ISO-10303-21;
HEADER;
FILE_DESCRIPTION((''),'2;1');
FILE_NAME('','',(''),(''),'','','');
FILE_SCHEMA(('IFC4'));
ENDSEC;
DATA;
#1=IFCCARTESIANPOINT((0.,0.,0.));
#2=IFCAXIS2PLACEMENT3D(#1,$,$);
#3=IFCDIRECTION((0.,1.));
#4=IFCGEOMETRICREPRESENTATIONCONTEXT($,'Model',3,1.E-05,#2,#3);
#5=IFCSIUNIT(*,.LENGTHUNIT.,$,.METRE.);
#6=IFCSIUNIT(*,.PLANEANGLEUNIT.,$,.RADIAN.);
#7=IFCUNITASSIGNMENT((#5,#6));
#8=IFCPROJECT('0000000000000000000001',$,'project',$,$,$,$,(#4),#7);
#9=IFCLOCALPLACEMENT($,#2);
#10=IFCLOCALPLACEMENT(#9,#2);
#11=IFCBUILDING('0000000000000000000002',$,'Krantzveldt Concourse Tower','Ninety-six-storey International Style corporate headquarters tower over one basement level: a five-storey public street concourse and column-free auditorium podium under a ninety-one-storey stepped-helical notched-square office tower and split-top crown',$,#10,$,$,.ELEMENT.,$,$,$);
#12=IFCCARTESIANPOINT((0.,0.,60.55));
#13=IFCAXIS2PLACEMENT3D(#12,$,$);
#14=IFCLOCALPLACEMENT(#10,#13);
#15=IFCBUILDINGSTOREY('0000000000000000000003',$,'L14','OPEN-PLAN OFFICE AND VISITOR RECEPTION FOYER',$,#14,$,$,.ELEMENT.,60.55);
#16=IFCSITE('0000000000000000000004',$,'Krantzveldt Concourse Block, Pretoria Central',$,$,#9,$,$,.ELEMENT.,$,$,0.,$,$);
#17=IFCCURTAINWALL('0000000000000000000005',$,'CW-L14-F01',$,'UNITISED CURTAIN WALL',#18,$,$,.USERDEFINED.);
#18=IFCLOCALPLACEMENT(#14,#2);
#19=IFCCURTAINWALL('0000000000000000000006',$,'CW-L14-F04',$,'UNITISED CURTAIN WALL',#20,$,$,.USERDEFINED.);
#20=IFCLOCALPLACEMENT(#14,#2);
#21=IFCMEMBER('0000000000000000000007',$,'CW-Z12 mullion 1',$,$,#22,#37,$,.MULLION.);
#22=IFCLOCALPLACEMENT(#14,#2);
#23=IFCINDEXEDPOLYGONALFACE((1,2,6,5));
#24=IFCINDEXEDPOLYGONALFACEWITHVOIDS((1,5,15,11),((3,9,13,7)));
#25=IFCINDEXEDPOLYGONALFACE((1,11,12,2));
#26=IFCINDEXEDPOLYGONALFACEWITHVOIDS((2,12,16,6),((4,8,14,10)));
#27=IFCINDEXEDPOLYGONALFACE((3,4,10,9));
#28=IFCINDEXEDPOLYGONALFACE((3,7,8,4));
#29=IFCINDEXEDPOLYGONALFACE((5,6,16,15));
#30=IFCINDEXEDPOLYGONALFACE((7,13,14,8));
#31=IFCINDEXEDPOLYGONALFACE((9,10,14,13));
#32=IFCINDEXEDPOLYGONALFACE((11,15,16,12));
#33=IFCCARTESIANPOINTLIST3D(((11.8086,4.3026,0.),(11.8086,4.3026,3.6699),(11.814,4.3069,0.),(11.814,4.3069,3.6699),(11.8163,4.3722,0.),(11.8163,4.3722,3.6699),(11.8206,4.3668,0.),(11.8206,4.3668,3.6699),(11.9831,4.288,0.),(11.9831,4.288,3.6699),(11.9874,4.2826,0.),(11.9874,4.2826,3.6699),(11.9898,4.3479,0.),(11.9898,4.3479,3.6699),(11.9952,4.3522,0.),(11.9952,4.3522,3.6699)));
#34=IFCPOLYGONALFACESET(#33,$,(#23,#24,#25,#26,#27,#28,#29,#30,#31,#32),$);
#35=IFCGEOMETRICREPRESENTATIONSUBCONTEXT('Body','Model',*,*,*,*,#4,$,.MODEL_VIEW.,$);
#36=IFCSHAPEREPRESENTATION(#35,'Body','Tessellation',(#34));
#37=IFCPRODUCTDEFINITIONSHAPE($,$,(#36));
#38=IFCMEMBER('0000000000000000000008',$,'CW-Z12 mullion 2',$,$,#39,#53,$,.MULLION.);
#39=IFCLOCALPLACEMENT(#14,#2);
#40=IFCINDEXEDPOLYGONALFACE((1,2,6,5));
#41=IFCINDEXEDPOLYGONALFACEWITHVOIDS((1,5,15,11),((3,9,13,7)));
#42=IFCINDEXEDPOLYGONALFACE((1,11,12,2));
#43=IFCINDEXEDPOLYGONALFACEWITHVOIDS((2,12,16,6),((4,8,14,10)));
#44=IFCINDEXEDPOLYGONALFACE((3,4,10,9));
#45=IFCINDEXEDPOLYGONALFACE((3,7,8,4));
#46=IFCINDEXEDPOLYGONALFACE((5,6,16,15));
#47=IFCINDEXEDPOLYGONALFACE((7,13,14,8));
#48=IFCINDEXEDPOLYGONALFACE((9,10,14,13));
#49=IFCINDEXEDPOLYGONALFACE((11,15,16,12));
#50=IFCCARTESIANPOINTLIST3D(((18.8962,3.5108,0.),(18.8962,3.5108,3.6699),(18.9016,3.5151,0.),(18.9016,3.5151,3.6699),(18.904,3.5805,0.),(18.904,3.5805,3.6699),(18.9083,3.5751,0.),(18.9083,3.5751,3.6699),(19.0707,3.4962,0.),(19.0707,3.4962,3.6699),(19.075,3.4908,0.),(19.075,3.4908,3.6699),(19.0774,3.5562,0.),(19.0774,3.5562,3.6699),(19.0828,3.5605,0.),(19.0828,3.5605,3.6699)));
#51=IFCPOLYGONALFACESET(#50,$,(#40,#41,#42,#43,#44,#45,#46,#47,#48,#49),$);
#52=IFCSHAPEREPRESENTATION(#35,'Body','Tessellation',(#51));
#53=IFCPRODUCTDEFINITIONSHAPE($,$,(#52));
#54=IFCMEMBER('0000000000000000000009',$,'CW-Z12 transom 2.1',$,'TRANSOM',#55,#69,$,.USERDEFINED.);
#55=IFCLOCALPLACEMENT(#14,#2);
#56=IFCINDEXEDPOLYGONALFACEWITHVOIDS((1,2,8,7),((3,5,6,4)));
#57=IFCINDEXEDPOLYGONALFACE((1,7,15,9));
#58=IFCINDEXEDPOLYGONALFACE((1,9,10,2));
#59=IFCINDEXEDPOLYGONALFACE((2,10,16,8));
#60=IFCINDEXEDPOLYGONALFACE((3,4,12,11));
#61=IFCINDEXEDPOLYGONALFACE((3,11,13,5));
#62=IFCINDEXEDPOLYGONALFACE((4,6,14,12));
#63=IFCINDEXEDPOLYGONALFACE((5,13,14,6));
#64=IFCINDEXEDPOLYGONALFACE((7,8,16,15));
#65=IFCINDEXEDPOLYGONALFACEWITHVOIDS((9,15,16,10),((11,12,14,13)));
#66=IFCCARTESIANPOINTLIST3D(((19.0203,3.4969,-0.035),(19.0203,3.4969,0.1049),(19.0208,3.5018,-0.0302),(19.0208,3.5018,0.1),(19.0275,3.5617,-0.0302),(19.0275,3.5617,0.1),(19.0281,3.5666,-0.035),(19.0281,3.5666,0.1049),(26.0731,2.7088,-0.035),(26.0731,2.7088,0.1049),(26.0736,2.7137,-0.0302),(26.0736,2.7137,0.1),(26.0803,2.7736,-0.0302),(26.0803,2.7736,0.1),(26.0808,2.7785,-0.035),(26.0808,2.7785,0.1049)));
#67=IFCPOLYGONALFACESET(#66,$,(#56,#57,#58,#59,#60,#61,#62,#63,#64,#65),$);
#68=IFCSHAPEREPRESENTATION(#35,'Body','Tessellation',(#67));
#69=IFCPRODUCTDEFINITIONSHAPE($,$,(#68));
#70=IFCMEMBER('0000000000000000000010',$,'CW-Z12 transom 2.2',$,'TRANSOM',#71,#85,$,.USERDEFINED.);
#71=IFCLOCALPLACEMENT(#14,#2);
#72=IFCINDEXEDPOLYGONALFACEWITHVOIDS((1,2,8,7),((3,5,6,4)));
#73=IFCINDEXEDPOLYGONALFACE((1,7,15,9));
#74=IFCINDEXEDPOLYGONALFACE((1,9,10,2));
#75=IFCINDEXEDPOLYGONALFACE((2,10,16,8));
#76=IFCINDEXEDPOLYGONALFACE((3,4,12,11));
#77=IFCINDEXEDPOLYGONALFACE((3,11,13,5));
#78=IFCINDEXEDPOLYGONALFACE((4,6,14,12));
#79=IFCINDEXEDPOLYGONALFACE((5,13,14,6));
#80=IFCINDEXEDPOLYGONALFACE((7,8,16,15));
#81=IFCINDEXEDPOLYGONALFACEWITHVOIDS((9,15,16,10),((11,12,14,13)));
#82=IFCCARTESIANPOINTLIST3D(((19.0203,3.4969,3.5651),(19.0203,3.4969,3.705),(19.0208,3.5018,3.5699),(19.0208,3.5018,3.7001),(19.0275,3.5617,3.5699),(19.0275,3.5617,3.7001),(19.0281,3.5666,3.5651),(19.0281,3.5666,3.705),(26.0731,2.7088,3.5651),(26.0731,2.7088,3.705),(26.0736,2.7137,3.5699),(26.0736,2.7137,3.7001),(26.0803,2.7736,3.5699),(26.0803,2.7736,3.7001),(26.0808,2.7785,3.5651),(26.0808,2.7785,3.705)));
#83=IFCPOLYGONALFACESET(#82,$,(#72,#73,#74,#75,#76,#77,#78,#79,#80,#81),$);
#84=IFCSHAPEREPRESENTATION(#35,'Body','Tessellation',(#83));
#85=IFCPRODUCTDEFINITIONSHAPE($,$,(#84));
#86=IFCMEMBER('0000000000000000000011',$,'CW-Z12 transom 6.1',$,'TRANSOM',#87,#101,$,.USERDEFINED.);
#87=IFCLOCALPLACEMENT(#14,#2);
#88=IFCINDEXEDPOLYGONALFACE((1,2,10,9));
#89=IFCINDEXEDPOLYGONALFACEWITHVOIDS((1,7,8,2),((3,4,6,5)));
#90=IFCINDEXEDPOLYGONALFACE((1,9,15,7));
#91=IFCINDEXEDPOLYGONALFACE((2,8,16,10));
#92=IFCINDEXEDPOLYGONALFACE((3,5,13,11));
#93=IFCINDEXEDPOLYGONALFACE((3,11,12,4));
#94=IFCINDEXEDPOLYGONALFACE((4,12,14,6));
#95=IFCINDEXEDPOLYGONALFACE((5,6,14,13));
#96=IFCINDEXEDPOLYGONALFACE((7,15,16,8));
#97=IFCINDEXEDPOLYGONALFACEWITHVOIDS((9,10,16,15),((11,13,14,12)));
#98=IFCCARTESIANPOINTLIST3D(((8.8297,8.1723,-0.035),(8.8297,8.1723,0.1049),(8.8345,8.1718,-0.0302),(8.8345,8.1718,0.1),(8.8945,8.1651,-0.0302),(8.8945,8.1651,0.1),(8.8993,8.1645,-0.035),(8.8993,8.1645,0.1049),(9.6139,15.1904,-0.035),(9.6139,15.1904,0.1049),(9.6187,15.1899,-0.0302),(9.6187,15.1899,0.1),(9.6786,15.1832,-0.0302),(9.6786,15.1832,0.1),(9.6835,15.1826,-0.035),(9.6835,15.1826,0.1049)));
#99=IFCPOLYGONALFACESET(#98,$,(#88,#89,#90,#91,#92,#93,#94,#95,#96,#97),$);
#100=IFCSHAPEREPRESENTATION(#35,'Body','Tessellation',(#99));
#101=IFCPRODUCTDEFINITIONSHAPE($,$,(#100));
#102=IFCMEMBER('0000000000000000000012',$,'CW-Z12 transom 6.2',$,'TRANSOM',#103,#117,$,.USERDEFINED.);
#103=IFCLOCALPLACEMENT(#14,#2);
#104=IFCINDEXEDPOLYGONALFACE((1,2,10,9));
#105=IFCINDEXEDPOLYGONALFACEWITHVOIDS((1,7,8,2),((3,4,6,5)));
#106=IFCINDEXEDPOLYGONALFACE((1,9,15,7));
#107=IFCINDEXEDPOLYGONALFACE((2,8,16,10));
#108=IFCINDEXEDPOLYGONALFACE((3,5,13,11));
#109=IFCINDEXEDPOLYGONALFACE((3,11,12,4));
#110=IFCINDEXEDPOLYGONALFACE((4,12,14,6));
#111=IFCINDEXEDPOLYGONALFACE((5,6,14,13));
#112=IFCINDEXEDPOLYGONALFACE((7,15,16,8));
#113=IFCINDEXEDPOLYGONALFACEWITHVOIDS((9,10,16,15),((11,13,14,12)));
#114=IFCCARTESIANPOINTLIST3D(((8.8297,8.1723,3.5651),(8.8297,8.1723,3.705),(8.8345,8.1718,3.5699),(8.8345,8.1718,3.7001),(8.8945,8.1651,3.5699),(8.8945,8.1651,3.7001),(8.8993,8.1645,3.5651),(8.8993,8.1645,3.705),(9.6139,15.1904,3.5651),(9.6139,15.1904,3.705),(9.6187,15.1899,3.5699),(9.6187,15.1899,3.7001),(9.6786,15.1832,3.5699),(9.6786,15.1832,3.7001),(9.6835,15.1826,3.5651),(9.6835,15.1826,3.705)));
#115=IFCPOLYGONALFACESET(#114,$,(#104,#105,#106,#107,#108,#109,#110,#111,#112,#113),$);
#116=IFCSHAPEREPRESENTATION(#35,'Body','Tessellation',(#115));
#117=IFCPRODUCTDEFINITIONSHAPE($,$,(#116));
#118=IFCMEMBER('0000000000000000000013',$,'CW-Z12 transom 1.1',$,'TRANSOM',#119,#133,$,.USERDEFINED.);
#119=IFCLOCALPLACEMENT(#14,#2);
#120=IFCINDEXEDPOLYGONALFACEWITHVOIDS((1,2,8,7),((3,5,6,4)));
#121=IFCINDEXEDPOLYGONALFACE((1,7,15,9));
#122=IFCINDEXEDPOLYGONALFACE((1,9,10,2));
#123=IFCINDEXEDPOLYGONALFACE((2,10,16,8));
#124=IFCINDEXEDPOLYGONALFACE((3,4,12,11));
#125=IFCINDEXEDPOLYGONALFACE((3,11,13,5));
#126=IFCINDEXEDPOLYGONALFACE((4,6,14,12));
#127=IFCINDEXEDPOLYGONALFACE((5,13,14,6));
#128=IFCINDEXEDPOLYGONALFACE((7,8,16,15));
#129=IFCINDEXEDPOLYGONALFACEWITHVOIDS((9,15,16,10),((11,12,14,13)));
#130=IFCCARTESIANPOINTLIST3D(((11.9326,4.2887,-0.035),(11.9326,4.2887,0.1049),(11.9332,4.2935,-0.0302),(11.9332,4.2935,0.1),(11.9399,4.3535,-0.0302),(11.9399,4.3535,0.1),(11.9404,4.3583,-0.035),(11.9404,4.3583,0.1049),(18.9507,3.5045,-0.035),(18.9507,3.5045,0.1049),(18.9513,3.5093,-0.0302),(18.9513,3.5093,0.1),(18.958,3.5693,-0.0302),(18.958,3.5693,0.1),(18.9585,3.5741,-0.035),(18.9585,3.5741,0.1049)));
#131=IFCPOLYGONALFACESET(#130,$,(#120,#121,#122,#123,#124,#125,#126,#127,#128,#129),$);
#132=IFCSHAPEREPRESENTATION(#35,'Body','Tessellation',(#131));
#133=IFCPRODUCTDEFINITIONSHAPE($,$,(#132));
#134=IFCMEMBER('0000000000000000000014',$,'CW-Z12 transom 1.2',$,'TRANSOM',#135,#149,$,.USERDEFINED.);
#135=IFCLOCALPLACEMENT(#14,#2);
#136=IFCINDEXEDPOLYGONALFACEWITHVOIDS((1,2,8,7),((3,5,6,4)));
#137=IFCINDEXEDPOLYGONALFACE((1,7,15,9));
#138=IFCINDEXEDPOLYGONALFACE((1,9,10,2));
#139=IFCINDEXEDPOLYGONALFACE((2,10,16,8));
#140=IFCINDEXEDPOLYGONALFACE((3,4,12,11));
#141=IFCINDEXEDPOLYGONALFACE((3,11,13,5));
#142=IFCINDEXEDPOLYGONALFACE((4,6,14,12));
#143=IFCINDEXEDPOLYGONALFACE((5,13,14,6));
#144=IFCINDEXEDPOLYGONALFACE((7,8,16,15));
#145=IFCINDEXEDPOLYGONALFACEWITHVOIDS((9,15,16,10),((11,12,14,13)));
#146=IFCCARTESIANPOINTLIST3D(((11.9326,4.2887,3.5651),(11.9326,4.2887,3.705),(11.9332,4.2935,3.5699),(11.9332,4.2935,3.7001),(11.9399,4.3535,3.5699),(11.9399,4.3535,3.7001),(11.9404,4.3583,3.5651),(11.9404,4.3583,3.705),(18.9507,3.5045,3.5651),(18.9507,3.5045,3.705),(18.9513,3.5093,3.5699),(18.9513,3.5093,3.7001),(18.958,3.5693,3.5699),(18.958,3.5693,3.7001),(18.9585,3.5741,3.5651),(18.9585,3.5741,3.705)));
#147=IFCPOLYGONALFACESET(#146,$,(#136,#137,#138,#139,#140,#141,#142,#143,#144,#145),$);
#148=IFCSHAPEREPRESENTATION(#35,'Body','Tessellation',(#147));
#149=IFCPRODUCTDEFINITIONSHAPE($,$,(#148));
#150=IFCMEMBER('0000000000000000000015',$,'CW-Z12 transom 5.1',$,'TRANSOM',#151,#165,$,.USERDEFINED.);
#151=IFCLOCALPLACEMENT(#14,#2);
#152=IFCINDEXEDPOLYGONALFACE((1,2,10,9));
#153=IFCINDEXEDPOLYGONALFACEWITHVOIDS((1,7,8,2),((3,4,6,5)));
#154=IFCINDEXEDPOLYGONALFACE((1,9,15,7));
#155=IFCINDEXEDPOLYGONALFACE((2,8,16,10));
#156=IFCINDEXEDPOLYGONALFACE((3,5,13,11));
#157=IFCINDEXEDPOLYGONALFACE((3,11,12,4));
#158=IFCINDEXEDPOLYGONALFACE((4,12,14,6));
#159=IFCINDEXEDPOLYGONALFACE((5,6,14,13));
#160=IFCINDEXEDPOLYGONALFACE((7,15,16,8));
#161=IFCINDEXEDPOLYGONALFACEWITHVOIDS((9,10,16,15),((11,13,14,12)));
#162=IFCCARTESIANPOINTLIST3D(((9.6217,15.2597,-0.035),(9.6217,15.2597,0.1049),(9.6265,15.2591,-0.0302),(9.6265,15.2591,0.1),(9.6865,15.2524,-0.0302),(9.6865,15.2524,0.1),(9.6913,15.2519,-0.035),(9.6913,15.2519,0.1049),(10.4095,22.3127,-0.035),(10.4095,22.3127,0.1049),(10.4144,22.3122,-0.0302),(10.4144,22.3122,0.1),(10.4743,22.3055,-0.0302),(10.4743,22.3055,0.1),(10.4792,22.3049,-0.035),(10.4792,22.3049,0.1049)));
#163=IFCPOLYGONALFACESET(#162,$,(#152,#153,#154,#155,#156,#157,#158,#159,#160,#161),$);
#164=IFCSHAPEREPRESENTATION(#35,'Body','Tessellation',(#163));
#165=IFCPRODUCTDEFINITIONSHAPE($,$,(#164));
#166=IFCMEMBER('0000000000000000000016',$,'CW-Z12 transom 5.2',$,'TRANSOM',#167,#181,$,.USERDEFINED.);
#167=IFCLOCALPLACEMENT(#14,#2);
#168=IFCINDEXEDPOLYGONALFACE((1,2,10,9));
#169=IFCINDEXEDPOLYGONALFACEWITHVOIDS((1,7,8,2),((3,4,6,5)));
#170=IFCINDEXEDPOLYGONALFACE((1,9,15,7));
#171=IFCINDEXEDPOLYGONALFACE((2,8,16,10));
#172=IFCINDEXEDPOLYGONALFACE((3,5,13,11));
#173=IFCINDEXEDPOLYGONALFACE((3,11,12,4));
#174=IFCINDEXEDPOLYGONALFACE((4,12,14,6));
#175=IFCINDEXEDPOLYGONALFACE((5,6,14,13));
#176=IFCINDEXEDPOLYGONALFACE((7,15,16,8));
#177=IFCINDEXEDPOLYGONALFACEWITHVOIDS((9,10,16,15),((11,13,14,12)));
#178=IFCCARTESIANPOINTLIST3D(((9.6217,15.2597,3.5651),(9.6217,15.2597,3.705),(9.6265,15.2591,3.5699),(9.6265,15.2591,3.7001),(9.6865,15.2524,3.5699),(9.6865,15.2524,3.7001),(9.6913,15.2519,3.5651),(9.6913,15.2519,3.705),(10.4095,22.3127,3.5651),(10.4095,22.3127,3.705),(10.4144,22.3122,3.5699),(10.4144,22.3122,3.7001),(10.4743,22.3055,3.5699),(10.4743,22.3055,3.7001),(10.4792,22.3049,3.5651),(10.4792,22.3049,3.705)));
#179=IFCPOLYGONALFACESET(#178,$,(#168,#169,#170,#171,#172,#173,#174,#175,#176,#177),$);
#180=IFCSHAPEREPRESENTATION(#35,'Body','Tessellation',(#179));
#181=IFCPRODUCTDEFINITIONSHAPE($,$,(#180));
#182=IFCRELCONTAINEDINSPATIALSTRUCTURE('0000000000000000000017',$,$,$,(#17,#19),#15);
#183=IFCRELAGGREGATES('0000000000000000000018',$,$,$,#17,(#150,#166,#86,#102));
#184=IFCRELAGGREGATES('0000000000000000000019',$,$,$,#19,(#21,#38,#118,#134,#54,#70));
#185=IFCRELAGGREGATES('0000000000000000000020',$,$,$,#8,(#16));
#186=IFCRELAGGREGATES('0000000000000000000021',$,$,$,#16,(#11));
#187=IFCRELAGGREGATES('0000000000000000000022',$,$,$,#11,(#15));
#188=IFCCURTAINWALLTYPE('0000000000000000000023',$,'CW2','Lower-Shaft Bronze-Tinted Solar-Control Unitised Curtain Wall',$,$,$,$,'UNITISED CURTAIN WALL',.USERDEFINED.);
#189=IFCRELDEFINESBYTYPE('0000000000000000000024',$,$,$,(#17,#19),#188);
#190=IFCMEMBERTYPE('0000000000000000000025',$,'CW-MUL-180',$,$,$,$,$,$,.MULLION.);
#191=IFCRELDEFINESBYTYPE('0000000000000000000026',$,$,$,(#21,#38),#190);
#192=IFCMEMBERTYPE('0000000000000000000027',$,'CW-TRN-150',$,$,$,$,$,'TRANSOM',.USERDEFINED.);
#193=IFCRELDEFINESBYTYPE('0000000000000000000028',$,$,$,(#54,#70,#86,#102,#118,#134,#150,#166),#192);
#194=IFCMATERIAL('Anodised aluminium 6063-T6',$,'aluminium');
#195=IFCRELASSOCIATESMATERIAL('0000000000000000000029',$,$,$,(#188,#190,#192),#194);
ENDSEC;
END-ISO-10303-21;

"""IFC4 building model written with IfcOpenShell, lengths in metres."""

from ifc_helpers import new_model, si_unit, direction, frame, origin, origin_2d, place, context, subcontext, project, spatial, hollow_rectangle, extrude, source, transform, mapped, material, material_profile, profile_set, type_object, type_shapes, element, aggregate, save


model = new_model("IFC4")

# Units and contexts
model_context = context("Model", 3, precision=1e-05, world=origin(), true_north=direction((0.0, 1.0)))
body_context = subcontext(model_context, "Body", "Model", "MODEL_VIEW")
ifc_project = project(units=[si_unit("LENGTHUNIT", "METRE"), si_unit("PLANEANGLEUNIT", "RADIAN")], contexts=[model_context])

# Site, building, storey
site_placement = place(None, origin())
site = spatial("IfcSite", under=ifc_project, at=site_placement, Name="Krantzveldt Concourse Block, Pretoria Central", CompositionType="ELEMENT", RefElevation=0.0)
building_placement = place(site_placement, origin())
building = spatial("IfcBuilding", under=site, at=building_placement, Name="Krantzveldt Concourse Tower", Description="Ninety-six-storey International Style corporate headquarters tower over one basement level: a five-storey public street concourse and column-free auditorium podium under a ninety-one-storey stepped-helical notched-square office tower and split-top crown", CompositionType="ELEMENT")
storey_placement = place(building_placement, frame((0.0, 0.0, 60.55)))
storey = spatial("IfcBuildingStorey", under=building, at=storey_placement, Name="L14", Description="OPEN-PLAN OFFICE AND VISITOR RECEPTION FOYER", CompositionType="ELEMENT", Elevation=60.55)

# Curtain walls, members
ifc_material_1 = material(Name="Anodised aluminium 6063-T6", Category="aluminium")
curtain_wall_type = type_object("IfcCurtainWallType", Name="CW2", Description="Lower-Shaft Bronze-Tinted Solar-Control Unitised Curtain Wall", ElementType="UNITISED CURTAIN WALL", PredefinedType="USERDEFINED", material=ifc_material_1)
curtain_wall_1_placement = place(storey_placement, origin())
curtain_wall_1 = element("IfcCurtainWall", 1, at=curtain_wall_1_placement, inside=storey, type_object=curtain_wall_type, Name="CW-L14-F01", ObjectType="UNITISED CURTAIN WALL", PredefinedType="USERDEFINED")
ifc_material_profile_1 = material_profile(ifc_material_1, hollow_rectangle(XDim=0.0701, YDim=0.1799, WallThickness=0.0049, at=origin_2d()), Name="Anodised aluminium 6063-T6", Category="aluminium")
ifc_profile_set_1 = profile_set([ifc_material_profile_1], Name="Anodised aluminium 6063-T6 - ALU-MULL 180x70x5")
member_type_1 = type_object("IfcMemberType", Name="CW-MUL-180", PredefinedType="MULLION", material=ifc_profile_set_1)
shared_shape_1 = source(origin(), body_context, "Body", "SweptSolid", [
    extrude(hollow_rectangle(XDim=0.0701, YDim=0.1799, WallThickness=0.0049, at=origin_2d()), origin(), (0.0, 0.0, 1.0), 3.6699),
])
type_shapes(member_type_1, [shared_shape_1])
curtain_wall_2_placement = place(storey_placement, origin())
curtain_wall_2 = element("IfcCurtainWall", 2, at=curtain_wall_2_placement, inside=storey, type_object=curtain_wall_type, Name="CW-L14-F04", ObjectType="UNITISED CURTAIN WALL", PredefinedType="USERDEFINED")
member_1_placement = place(storey_placement, frame((11.9019, 4.3274, 0.0), z_axis=(0.0, 0.0, 1.0), x_axis=(0.111035, 0.993816, 0.0)))
member_1 = element("IfcMember", 3, at=member_1_placement, type_object=member_type_1, Name="CW-Z12 mullion 1", PredefinedType="MULLION", context=body_context, shape_type="MappedRepresentation", body=[
    mapped(shared_shape_1, transform((0.0, 0.0, 0.0), x_axis=(1.0, 0.0, 0.0), y_axis=(0.0, 1.0, 0.0), z_axis=(0.0, 0.0, 1.0), scale=1.0)),
])
member_2_placement = place(storey_placement, frame((18.9895, 3.5356, 0.0), z_axis=(0.0, 0.0, 1.0), x_axis=(0.111035, 0.993816, 0.0)))
member_2 = element("IfcMember", 4, at=member_2_placement, type_object=member_type_1, Name="CW-Z12 mullion 2", PredefinedType="MULLION", context=body_context, shape_type="MappedRepresentation", body=[
    mapped(shared_shape_1, transform((0.0, 0.0, 0.0), x_axis=(1.0, 0.0, 0.0), y_axis=(0.0, 1.0, 0.0), z_axis=(0.0, 0.0, 1.0), scale=1.0)),
])
ifc_material_profile_2 = material_profile(ifc_material_1, hollow_rectangle(XDim=0.0701, YDim=0.1399, WallThickness=0.0049, at=origin_2d()), Name="Anodised aluminium 6063-T6", Category="aluminium")
ifc_profile_set_2 = profile_set([ifc_material_profile_2], Name="Anodised aluminium 6063-T6 - ALU-TRAN 140x70x5")
member_type_2 = type_object("IfcMemberType", Name="CW-TRN-150", ElementType="TRANSOM", PredefinedType="USERDEFINED", material=ifc_profile_set_2)
shared_shape_2 = source(origin(), body_context, "Body", "SweptSolid", [
    extrude(hollow_rectangle(XDim=0.0701, YDim=0.1399, WallThickness=0.0049, at=origin_2d()), origin(), (0.0, 0.0, 1.0), 7.0967),
])
member_3_placement = place(storey_placement, frame((19.0242, 3.5317, 0.0349), z_axis=(0.993815, -0.111051, 0.0), x_axis=(0.111051, 0.993815, 0.0)))
member_3 = element("IfcMember", 5, at=member_3_placement, type_object=member_type_2, Name="CW-Z12 transom 2.1", ObjectType="TRANSOM", PredefinedType="USERDEFINED", context=body_context, shape_type="MappedRepresentation", body=[
    mapped(shared_shape_2, transform((0.0, 0.0, 0.0), x_axis=(1.0, 0.0, 0.0), y_axis=(0.0, 1.0, 0.0), z_axis=(0.0, 0.0, 1.0), scale=1.0)),
])
member_4_placement = place(storey_placement, frame((19.0242, 3.5317, 3.635), z_axis=(0.993815, -0.111051, 0.0), x_axis=(0.111051, 0.993815, 0.0)))
member_4 = element("IfcMember", 6, at=member_4_placement, type_object=member_type_2, Name="CW-Z12 transom 2.2", ObjectType="TRANSOM", PredefinedType="USERDEFINED", context=body_context, shape_type="MappedRepresentation", body=[
    mapped(shared_shape_2, transform((0.0, 0.0, 0.0), x_axis=(1.0, 0.0, 0.0), y_axis=(0.0, 1.0, 0.0), z_axis=(0.0, 0.0, 1.0), scale=1.0)),
])

# Members
shared_shape_3 = source(origin(), body_context, "Body", "SweptSolid", [
    extrude(hollow_rectangle(XDim=0.0701, YDim=0.1399, WallThickness=0.0049, at=origin_2d()), origin(), (0.0, 0.0, 1.0), 7.0618),
])
member_5_placement = place(storey_placement, frame((9.6487, 15.1865, 0.0349), z_axis=(-0.111046, -0.993815, 0.0), x_axis=(0.993815, -0.111046, 0.0)))
member_5 = element("IfcMember", 7, at=member_5_placement, type_object=member_type_2, Name="CW-Z12 transom 6.1", ObjectType="TRANSOM", PredefinedType="USERDEFINED", context=body_context, shape_type="MappedRepresentation", body=[
    mapped(shared_shape_3, transform((0.0, 0.0, 0.0), x_axis=(1.0, 0.0, 0.0), y_axis=(0.0, 1.0, 0.0), z_axis=(0.0, 0.0, 1.0), scale=1.0)),
])
member_6_placement = place(storey_placement, frame((9.6487, 15.1865, 3.635), z_axis=(-0.111046, -0.993815, 0.0), x_axis=(0.993815, -0.111046, 0.0)))
member_6 = element("IfcMember", 8, at=member_6_placement, type_object=member_type_2, Name="CW-Z12 transom 6.2", ObjectType="TRANSOM", PredefinedType="USERDEFINED", context=body_context, shape_type="MappedRepresentation", body=[
    mapped(shared_shape_3, transform((0.0, 0.0, 0.0), x_axis=(1.0, 0.0, 0.0), y_axis=(0.0, 1.0, 0.0), z_axis=(0.0, 0.0, 1.0), scale=1.0)),
])
member_7_placement = place(storey_placement, frame((11.9365, 4.3235, 0.0349), z_axis=(0.993815, -0.111046, 0.0), x_axis=(0.111046, 0.993815, 0.0)))
member_7 = element("IfcMember", 9, at=member_7_placement, type_object=member_type_2, Name="CW-Z12 transom 1.1", ObjectType="TRANSOM", PredefinedType="USERDEFINED", context=body_context, shape_type="MappedRepresentation", body=[
    mapped(shared_shape_3, transform((0.0, 0.0, 0.0), x_axis=(1.0, 0.0, 0.0), y_axis=(0.0, 1.0, 0.0), z_axis=(0.0, 0.0, 1.0), scale=1.0)),
])
member_8_placement = place(storey_placement, frame((11.9365, 4.3235, 3.635), z_axis=(0.993815, -0.111046, 0.0), x_axis=(0.111046, 0.993815, 0.0)))
member_8 = element("IfcMember", 10, at=member_8_placement, type_object=member_type_2, Name="CW-Z12 transom 1.2", ObjectType="TRANSOM", PredefinedType="USERDEFINED", context=body_context, shape_type="MappedRepresentation", body=[
    mapped(shared_shape_3, transform((0.0, 0.0, 0.0), x_axis=(1.0, 0.0, 0.0), y_axis=(0.0, 1.0, 0.0), z_axis=(0.0, 0.0, 1.0), scale=1.0)),
])
shared_shape_4 = source(origin(), body_context, "Body", "SweptSolid", [
    extrude(hollow_rectangle(XDim=0.0701, YDim=0.1399, WallThickness=0.0049, at=origin_2d()), origin(), (0.0, 0.0, 1.0), 7.0969),
])
type_shapes(member_type_2, [shared_shape_2, shared_shape_3, shared_shape_4])
member_9_placement = place(storey_placement, frame((10.4443, 22.3088, 0.0349), z_axis=(-0.111013, -0.993819, 0.0), x_axis=(0.993819, -0.111013, 0.0)))
member_9 = element("IfcMember", 11, at=member_9_placement, type_object=member_type_2, Name="CW-Z12 transom 5.1", ObjectType="TRANSOM", PredefinedType="USERDEFINED", context=body_context, shape_type="MappedRepresentation", body=[
    mapped(shared_shape_4, transform((0.0, 0.0, 0.0), x_axis=(1.0, 0.0, 0.0), y_axis=(0.0, 1.0, 0.0), z_axis=(0.0, 0.0, 1.0), scale=1.0)),
])
member_10_placement = place(storey_placement, frame((10.4443, 22.3088, 3.635), z_axis=(-0.111013, -0.993819, 0.0), x_axis=(0.993819, -0.111013, 0.0)))
member_10 = element("IfcMember", 12, at=member_10_placement, type_object=member_type_2, Name="CW-Z12 transom 5.2", ObjectType="TRANSOM", PredefinedType="USERDEFINED", context=body_context, shape_type="MappedRepresentation", body=[
    mapped(shared_shape_4, transform((0.0, 0.0, 0.0), x_axis=(1.0, 0.0, 0.0), y_axis=(0.0, 1.0, 0.0), z_axis=(0.0, 0.0, 1.0), scale=1.0)),
])

aggregate(curtain_wall_1, [member_9, member_10, member_5, member_6])
aggregate(curtain_wall_2, [member_1, member_2, member_7, member_8, member_3, member_4])

save(model, "model.ifc")
